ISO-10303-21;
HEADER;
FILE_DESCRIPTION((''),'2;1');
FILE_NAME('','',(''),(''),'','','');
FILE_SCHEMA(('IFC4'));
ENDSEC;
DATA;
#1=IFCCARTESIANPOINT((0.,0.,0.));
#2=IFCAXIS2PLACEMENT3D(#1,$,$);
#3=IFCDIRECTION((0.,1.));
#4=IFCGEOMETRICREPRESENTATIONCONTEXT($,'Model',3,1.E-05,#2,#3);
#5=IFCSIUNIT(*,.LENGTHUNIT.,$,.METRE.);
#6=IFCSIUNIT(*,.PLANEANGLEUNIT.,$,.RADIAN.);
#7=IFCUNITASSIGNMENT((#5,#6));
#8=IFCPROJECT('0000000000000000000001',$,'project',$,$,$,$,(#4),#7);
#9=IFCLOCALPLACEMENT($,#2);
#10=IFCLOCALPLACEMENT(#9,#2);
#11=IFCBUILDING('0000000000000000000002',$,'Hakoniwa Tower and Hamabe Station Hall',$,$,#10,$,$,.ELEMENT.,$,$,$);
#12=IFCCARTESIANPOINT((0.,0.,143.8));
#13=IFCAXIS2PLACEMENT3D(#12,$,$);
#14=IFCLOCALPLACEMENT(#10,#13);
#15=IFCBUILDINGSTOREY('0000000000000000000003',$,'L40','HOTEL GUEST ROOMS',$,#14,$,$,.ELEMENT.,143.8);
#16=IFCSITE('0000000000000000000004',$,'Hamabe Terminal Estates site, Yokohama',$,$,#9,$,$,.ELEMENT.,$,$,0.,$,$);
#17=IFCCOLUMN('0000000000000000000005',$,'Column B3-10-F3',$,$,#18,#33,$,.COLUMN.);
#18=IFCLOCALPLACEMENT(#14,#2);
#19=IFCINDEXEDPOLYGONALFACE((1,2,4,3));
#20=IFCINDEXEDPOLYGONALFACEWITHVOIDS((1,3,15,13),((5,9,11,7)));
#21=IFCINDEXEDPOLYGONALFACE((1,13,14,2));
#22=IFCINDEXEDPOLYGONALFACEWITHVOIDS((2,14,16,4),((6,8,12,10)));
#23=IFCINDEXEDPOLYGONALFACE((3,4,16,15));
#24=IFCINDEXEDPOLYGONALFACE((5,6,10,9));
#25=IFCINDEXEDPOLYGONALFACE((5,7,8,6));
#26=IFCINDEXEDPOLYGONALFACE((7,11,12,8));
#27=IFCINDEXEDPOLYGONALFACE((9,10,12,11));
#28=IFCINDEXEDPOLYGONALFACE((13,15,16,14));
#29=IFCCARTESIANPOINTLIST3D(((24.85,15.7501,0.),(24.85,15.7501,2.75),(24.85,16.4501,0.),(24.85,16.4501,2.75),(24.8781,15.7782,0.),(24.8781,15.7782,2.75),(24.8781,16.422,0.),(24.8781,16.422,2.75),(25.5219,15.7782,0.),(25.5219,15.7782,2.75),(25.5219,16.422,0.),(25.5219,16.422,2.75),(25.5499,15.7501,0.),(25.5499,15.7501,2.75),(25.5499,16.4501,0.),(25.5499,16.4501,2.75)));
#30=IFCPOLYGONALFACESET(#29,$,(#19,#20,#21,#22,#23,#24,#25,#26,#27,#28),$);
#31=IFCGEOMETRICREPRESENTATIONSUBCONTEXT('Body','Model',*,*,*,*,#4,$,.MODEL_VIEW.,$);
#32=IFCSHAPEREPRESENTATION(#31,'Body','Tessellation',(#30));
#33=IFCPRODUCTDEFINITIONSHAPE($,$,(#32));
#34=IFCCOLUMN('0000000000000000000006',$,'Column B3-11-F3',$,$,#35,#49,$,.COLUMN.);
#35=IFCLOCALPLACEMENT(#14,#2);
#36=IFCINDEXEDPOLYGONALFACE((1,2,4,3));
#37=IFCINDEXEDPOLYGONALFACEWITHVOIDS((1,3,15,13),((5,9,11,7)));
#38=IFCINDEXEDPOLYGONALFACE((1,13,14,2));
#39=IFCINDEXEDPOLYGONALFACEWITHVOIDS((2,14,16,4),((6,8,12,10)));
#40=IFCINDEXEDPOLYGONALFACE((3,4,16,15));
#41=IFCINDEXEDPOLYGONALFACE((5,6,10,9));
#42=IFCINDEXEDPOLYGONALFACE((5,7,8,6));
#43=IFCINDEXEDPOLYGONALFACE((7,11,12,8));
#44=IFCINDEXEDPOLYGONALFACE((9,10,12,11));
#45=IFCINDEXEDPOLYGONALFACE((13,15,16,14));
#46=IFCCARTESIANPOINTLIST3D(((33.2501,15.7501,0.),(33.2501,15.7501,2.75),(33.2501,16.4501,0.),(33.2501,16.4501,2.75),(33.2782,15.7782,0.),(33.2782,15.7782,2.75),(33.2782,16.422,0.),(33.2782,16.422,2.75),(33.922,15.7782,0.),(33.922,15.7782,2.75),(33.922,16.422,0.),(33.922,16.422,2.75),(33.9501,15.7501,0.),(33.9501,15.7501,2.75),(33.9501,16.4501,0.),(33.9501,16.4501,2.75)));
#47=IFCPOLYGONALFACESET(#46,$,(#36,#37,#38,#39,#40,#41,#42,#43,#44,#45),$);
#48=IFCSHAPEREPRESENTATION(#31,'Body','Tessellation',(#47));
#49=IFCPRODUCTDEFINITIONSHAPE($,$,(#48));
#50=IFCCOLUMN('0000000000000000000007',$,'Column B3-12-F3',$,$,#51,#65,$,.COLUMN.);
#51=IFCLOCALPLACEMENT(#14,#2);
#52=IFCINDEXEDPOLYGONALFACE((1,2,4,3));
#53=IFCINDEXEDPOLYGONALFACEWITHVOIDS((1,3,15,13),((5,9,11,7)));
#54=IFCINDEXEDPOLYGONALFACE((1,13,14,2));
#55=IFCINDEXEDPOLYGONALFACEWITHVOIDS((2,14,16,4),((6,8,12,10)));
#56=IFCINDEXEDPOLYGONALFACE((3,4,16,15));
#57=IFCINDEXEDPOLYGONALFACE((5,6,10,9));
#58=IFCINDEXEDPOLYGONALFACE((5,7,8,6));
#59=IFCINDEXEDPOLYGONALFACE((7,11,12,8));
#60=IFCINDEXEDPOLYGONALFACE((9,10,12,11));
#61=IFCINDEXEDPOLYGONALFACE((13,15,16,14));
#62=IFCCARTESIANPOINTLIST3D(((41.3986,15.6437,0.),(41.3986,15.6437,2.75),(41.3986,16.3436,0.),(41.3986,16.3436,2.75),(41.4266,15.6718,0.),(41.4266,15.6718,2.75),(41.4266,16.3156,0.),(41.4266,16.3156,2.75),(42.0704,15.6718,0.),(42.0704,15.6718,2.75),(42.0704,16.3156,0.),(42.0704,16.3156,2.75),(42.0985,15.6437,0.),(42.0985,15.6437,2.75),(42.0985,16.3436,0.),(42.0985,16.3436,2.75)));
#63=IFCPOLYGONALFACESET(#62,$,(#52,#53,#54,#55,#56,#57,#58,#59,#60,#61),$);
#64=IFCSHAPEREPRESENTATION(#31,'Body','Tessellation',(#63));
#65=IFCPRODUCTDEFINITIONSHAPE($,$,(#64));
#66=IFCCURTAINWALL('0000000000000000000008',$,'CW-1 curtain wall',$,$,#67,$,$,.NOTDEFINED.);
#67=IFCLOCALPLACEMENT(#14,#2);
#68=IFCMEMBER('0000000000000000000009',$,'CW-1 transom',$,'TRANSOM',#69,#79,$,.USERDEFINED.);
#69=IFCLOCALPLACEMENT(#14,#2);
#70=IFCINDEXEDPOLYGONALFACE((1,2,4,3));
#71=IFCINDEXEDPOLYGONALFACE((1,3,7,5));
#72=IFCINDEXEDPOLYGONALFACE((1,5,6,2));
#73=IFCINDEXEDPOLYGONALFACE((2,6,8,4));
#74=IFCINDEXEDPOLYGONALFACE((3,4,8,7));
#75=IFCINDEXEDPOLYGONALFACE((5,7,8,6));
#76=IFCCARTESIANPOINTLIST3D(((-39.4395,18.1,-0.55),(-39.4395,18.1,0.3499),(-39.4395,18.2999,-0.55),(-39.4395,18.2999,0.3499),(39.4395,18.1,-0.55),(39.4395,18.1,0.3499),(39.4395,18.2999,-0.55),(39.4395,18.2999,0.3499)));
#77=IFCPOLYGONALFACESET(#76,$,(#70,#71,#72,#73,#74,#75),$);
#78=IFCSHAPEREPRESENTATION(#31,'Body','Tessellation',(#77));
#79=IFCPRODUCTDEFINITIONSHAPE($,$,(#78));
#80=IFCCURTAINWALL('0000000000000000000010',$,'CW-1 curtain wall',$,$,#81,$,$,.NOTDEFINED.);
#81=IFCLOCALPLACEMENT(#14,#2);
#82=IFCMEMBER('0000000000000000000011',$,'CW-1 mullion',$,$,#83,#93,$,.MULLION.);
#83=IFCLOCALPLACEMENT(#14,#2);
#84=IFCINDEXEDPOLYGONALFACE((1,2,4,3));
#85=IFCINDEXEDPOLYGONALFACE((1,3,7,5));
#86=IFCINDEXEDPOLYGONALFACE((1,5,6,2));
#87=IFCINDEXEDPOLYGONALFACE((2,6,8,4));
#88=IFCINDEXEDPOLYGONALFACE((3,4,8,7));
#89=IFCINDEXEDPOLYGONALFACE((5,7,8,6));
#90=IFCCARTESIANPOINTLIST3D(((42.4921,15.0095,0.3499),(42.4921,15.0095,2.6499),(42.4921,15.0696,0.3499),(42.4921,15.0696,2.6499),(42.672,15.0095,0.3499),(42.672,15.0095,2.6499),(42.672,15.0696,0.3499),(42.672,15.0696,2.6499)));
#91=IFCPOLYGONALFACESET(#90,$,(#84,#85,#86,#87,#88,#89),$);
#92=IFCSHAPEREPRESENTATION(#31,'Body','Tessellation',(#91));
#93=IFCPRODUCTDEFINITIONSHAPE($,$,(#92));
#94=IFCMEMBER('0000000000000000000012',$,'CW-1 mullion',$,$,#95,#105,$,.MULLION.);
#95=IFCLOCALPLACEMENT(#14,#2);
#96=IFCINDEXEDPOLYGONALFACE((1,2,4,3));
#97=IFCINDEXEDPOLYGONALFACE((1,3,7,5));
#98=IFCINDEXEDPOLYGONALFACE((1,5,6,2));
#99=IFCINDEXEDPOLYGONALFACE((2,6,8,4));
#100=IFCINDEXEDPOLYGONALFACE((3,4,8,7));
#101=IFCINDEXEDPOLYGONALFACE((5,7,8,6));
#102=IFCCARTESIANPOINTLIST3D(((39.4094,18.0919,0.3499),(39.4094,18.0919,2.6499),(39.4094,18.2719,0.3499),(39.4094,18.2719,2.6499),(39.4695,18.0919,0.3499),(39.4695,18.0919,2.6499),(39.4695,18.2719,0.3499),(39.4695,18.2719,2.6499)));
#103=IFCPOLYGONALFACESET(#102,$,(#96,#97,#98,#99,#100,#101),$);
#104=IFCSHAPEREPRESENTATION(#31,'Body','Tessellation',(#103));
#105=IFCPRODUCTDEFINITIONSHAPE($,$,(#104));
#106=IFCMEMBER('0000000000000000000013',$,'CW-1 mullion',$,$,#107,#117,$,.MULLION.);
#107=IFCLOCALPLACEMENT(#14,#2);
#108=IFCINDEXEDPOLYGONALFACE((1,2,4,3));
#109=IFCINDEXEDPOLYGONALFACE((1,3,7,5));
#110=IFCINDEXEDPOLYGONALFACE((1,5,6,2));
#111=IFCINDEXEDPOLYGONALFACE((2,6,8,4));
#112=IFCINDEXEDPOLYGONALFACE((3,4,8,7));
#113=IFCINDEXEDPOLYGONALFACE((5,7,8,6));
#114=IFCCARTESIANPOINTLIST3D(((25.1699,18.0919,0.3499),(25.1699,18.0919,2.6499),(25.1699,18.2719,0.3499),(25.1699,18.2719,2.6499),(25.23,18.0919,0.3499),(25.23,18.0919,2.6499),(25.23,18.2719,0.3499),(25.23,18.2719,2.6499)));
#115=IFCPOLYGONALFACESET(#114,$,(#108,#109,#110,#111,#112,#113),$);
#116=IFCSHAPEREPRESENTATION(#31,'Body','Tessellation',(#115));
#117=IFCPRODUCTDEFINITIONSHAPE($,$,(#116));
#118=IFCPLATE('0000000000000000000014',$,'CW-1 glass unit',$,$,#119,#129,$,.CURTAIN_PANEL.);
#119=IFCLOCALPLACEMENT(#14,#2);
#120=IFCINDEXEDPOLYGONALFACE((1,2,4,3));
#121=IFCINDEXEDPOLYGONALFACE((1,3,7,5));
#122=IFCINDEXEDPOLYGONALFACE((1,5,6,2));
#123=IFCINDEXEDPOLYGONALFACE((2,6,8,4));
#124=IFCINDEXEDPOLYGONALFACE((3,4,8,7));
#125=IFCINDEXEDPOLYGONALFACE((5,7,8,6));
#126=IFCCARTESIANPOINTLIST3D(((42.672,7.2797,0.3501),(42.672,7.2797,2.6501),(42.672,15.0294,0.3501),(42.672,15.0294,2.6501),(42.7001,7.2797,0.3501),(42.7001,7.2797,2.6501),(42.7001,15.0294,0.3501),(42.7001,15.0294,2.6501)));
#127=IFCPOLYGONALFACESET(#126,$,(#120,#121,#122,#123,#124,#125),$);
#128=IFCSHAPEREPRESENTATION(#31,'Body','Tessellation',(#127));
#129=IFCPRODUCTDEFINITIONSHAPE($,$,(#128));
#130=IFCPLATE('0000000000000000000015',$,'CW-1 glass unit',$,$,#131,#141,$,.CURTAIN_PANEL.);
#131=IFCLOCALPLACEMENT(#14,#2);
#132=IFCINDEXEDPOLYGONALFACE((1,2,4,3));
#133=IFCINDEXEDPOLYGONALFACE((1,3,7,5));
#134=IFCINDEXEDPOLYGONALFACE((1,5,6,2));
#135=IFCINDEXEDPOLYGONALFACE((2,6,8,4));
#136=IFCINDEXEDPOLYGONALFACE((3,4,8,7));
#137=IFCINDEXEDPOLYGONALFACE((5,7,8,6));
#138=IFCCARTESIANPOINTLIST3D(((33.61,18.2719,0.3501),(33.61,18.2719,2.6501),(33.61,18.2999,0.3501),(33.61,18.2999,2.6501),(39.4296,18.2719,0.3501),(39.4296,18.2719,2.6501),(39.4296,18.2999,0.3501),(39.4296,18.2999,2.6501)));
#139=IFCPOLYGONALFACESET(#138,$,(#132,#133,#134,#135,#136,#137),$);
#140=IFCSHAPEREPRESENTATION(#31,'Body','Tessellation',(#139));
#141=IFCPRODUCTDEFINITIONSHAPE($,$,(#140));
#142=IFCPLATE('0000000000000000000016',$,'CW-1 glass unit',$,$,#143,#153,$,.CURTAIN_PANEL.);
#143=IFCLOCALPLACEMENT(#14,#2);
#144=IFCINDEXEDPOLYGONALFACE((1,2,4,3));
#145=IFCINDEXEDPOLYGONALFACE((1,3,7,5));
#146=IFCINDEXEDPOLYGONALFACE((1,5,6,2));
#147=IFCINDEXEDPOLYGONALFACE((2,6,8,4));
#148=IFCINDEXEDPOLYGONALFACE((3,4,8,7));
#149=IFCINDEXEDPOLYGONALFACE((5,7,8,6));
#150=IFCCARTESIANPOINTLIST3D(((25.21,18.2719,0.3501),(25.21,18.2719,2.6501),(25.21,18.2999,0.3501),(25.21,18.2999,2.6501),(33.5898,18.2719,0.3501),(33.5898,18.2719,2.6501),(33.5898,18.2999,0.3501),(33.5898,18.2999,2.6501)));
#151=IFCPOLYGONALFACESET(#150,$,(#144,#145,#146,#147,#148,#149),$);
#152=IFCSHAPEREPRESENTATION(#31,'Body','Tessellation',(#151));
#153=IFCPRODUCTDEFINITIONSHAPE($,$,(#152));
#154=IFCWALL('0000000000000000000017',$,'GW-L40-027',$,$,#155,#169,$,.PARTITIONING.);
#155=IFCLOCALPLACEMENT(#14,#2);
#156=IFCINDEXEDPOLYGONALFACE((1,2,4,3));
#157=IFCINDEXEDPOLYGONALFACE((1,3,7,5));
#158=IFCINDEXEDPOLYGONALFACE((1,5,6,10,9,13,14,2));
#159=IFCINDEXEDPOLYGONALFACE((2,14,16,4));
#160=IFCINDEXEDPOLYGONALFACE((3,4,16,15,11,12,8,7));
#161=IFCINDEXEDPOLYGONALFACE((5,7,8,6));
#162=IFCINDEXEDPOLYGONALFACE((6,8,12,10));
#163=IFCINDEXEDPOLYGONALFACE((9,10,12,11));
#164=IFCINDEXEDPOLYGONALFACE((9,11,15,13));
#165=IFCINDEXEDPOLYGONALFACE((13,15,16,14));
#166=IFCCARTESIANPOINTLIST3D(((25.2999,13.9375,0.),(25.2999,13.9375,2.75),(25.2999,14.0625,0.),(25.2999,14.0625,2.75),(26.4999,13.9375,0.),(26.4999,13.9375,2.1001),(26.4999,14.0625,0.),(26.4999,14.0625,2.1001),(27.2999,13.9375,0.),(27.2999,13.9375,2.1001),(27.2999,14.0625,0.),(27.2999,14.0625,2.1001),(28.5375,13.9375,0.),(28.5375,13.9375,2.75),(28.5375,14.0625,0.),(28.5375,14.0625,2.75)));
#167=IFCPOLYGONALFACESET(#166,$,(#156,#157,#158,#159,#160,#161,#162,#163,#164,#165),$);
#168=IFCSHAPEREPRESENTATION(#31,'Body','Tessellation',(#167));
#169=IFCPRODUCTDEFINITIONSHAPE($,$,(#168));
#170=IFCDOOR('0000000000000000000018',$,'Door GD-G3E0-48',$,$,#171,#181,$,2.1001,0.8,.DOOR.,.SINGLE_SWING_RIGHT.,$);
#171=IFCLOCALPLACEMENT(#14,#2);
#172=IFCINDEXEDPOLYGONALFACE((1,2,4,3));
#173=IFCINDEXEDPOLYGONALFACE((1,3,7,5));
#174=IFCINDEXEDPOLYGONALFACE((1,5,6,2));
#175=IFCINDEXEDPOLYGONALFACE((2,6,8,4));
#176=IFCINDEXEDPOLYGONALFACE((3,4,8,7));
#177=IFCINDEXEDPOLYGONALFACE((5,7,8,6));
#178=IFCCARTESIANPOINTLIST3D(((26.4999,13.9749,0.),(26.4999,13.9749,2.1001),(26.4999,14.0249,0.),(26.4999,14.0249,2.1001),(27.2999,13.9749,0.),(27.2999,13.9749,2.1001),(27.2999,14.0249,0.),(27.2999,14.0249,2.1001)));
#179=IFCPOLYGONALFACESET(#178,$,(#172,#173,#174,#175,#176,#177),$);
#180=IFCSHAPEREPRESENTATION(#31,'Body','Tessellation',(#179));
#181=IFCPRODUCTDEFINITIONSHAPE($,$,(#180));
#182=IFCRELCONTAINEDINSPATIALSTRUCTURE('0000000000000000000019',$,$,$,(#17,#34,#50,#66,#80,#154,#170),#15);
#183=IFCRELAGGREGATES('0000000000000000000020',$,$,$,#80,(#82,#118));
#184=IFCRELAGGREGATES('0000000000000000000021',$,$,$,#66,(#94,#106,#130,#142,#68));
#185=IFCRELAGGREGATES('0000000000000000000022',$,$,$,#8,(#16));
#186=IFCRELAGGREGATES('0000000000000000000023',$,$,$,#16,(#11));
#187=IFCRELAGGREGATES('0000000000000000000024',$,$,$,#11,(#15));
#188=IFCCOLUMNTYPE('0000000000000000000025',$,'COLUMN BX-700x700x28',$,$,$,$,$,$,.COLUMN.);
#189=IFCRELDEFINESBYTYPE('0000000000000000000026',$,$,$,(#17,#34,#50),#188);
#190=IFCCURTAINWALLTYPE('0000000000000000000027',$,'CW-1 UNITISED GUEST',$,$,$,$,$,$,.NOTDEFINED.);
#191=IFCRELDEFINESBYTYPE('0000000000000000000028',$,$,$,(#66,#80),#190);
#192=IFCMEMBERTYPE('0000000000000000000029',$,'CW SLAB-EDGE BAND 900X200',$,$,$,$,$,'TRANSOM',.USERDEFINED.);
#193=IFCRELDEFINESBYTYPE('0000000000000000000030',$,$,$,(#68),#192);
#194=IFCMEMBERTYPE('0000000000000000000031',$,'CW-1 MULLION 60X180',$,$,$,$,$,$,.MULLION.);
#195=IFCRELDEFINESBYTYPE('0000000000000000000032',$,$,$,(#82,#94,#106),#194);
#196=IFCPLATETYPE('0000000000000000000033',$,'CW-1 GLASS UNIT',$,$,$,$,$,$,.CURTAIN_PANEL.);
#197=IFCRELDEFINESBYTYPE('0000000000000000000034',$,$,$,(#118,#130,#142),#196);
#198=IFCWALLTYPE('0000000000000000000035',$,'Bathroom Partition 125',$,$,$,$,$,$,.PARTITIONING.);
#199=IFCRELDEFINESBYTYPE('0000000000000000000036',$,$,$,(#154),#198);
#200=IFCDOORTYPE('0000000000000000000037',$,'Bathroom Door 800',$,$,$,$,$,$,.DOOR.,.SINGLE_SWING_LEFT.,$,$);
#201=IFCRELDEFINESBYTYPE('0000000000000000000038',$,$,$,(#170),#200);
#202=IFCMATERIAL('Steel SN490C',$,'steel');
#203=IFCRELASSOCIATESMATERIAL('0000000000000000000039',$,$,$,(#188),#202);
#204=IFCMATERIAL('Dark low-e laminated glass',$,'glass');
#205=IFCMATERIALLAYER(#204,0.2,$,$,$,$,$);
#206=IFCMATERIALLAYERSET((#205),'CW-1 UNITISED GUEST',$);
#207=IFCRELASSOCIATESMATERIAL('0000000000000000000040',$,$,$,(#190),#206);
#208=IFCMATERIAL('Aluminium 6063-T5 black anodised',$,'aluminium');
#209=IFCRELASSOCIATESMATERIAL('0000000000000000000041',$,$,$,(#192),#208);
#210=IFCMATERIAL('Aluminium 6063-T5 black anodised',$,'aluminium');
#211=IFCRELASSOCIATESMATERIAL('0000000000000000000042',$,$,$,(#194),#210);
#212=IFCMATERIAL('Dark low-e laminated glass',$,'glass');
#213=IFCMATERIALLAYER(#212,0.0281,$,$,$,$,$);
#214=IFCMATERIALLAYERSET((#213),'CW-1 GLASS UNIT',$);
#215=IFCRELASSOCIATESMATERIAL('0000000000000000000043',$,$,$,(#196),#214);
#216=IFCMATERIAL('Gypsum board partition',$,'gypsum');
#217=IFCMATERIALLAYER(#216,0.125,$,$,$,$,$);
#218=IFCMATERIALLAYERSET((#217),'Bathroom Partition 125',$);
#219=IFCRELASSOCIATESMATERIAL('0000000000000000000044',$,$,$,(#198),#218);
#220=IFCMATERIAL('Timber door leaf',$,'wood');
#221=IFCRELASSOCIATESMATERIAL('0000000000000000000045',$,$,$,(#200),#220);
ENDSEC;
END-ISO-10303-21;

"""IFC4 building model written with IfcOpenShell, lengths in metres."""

from ifc_helpers import new_model, si_unit, direction, frame, frame_2d, origin, origin_2d, place, context, subcontext, project, spatial, rectangle, hollow_rectangle, extrude, material, layer, layer_set, material_profile, profile_set, type_object, element, fill, aggregate, save


model = new_model("IFC4")

# Units and contexts
model_context = context("Model", 3, precision=1e-05, world=origin(), true_north=direction((0.0, 1.0)))
body_context = subcontext(model_context, "Body", "Model", "MODEL_VIEW")
ifc_project = project(units=[si_unit("LENGTHUNIT", "METRE"), si_unit("PLANEANGLEUNIT", "RADIAN")], contexts=[model_context])

# Site, building, storey
site_placement = place(None, origin())
site = spatial("IfcSite", under=ifc_project, at=site_placement, Name="Hamabe Terminal Estates site, Yokohama", CompositionType="ELEMENT", RefElevation=0.0)
building_placement = place(site_placement, origin())
building = spatial("IfcBuilding", under=site, at=building_placement, Name="Hakoniwa Tower and Hamabe Station Hall", CompositionType="ELEMENT")
storey_placement = place(building_placement, frame((0.0, 0.0, 143.8)))
storey = spatial("IfcBuildingStorey", under=building, at=storey_placement, Name="L40", Description="HOTEL GUEST ROOMS", CompositionType="ELEMENT", Elevation=143.8)

# Columns
ifc_material_1 = material(Name="Steel SN490C", Category="steel")
ifc_material_profile_1 = material_profile(ifc_material_1, hollow_rectangle(XDim=0.7, YDim=0.7, WallThickness=0.0281, at=origin_2d()), Name="BX-700x700x28")
ifc_profile_set_1 = profile_set([ifc_material_profile_1], Name="Steel SN490C")
column_type = type_object("IfcColumnType", Name="COLUMN BX-700x700x28", PredefinedType="COLUMN", material=ifc_profile_set_1)
for number, where, z_axis, x_axis, name in (
    (1, (25.2, 16.1001, 0.0), (0.0, 0.0, 1.0), (1.0, 0.0, 0.0), "Column B3-10-F3"),
    (2, (33.6001, 16.1001, 0.0), (0.0, 0.0, 1.0), (1.0, 0.0, 0.0), "Column B3-11-F3"),
    (3, (41.7485, 15.9937, 0.0), (0.0, 0.0, 1.0), (1.0, 0.0, 0.0), "Column B3-12-F3"),
):
    element("IfcColumn", number, at=place(storey_placement, frame(where, z_axis=z_axis, x_axis=x_axis)), inside=storey, type_object=column_type, Name=name, PredefinedType="COLUMN", context=body_context, shape_type="SweptSolid", body=[
        extrude(hollow_rectangle(XDim=0.7, YDim=0.7, WallThickness=0.0281, at=origin_2d()), origin(), (0.0, 0.0, 1.0), 2.75),
    ])

# Curtain walls, members
ifc_material_2 = material(Name="Dark low-e laminated glass", Category="glass")
ifc_layer_1 = layer(ifc_material_2, 0.2)
ifc_layer_set_1 = layer_set([ifc_layer_1], Name="CW-1 UNITISED GUEST")
curtain_wall_type = type_object("IfcCurtainWallType", Name="CW-1 UNITISED GUEST", PredefinedType="NOTDEFINED", material=ifc_layer_set_1)
curtain_wall_1_placement = place(storey_placement, origin())
curtain_wall_1 = element("IfcCurtainWall", 4, at=curtain_wall_1_placement, inside=storey, type_object=curtain_wall_type, Name="CW-1 curtain wall", PredefinedType="NOTDEFINED")
ifc_material_3 = material(Name="Aluminium 6063-T5 black anodised", Category="aluminium")
ifc_material_profile_2 = material_profile(ifc_material_3, rectangle(XDim=0.2, YDim=0.8999, at=origin_2d()), Name="CW SLAB-EDGE BAND 900X200")
ifc_profile_set_2 = profile_set([ifc_material_profile_2], Name="Aluminium 6063-T5 black anodised")
member_type_1 = type_object("IfcMemberType", Name="CW SLAB-EDGE BAND 900X200", ElementType="TRANSOM", PredefinedType="USERDEFINED", material=ifc_profile_set_2)
member_1_placement = place(storey_placement, frame((39.4395, 18.2, -0.1001), z_axis=(-1.0, 0.0, 0.0), x_axis=(0.0, -1.0, 0.0)))
member_1 = element("IfcMember", 5, at=member_1_placement, type_object=member_type_1, Name="CW-1 transom", ObjectType="TRANSOM", PredefinedType="USERDEFINED", context=body_context, shape_type="SweptSolid", body=[
    extrude(rectangle(XDim=0.2, YDim=0.8999, at=origin_2d()), origin(), (0.0, 0.0, 1.0), 78.8789),
])
curtain_wall_2_placement = place(storey_placement, origin())
curtain_wall_2 = element("IfcCurtainWall", 6, at=curtain_wall_2_placement, inside=storey, type_object=curtain_wall_type, Name="CW-1 curtain wall", PredefinedType="NOTDEFINED")
ifc_material_4 = material(Name="Aluminium 6063-T5 black anodised", Category="aluminium")
ifc_material_profile_3 = material_profile(ifc_material_4, rectangle(XDim=0.0601, YDim=0.1799, at=origin_2d()), Name="CW-1 MULLION 60X180")
ifc_profile_set_3 = profile_set([ifc_material_profile_3], Name="Aluminium 6063-T5 black anodised")
member_type_2 = type_object("IfcMemberType", Name="CW-1 MULLION 60X180", PredefinedType="MULLION", material=ifc_profile_set_3)
member_2_placement = place(storey_placement, frame((42.582, 15.0396, 0.3499), z_axis=(0.0, 0.0, 1.0), x_axis=(0.0, 1.0, 0.0)))
member_2 = element("IfcMember", 7, at=member_2_placement, type_object=member_type_2, Name="CW-1 mullion", PredefinedType="MULLION", context=body_context, shape_type="SweptSolid", body=[
    extrude(rectangle(XDim=0.0601, YDim=0.1799, at=origin_2d()), origin(), (0.0, 0.0, 1.0), 2.3),
])

# Members
member_3_placement = place(storey_placement, frame((39.4395, 18.1819, 0.3499), z_axis=(0.0, 0.0, 1.0), x_axis=(-1.0, 0.0, 0.0)))
member_3 = element("IfcMember", 8, at=member_3_placement, type_object=member_type_2, Name="CW-1 mullion", PredefinedType="MULLION", context=body_context, shape_type="SweptSolid", body=[
    extrude(rectangle(XDim=0.0601, YDim=0.1799, at=origin_2d()), origin(), (0.0, 0.0, 1.0), 2.3),
])
member_4_placement = place(storey_placement, frame((25.2, 18.1819, 0.3499), z_axis=(0.0, 0.0, 1.0), x_axis=(-1.0, 0.0, 0.0)))
member_4 = element("IfcMember", 9, at=member_4_placement, type_object=member_type_2, Name="CW-1 mullion", PredefinedType="MULLION", context=body_context, shape_type="SweptSolid", body=[
    extrude(rectangle(XDim=0.0601, YDim=0.1799, at=origin_2d()), origin(), (0.0, 0.0, 1.0), 2.3),
])

# Plates
ifc_material_5 = material(Name="Dark low-e laminated glass", Category="glass")
ifc_layer_2 = layer(ifc_material_5, 0.0281)
ifc_layer_set_2 = layer_set([ifc_layer_2], Name="CW-1 GLASS UNIT")
plate_type = type_object("IfcPlateType", Name="CW-1 GLASS UNIT", PredefinedType="CURTAIN_PANEL", material=ifc_layer_set_2)
plate_1_placement = place(storey_placement, frame((42.686, 11.1545, 0.3501), z_axis=(0.0, 0.0, 1.0), x_axis=(0.0, 1.0, 0.0)))
plate_1 = element("IfcPlate", 10, at=plate_1_placement, type_object=plate_type, Name="CW-1 glass unit", PredefinedType="CURTAIN_PANEL", context=body_context, shape_type="SweptSolid", body=[
    extrude(rectangle(XDim=7.7498, YDim=0.0281, at=origin_2d()), origin(), (0.0, 0.0, 1.0), 2.3),
])
aggregate(curtain_wall_2, [member_2, plate_1])
plate_2_placement = place(storey_placement, frame((36.5198, 18.2859, 0.3501), z_axis=(0.0, 0.0, 1.0), x_axis=(-1.0, 0.0, 0.0)))
plate_2 = element("IfcPlate", 11, at=plate_2_placement, type_object=plate_type, Name="CW-1 glass unit", PredefinedType="CURTAIN_PANEL", context=body_context, shape_type="SweptSolid", body=[
    extrude(rectangle(XDim=5.8196, YDim=0.0281, at=origin_2d()), origin(), (0.0, 0.0, 1.0), 2.3),
])
plate_3_placement = place(storey_placement, frame((29.3999, 18.2859, 0.3501), z_axis=(0.0, 0.0, 1.0), x_axis=(-1.0, 0.0, 0.0)))
plate_3 = element("IfcPlate", 12, at=plate_3_placement, type_object=plate_type, Name="CW-1 glass unit", PredefinedType="CURTAIN_PANEL", context=body_context, shape_type="SweptSolid", body=[
    extrude(rectangle(XDim=8.3799, YDim=0.0281, at=origin_2d()), origin(), (0.0, 0.0, 1.0), 2.3),
])
aggregate(curtain_wall_1, [member_3, member_4, plate_2, plate_3, member_1])

# Wall, opening, door
ifc_material_6 = material(Name="Gypsum board partition", Category="gypsum")
ifc_layer_3 = layer(ifc_material_6, 0.125)
ifc_layer_set_3 = layer_set([ifc_layer_3], Name="Bathroom Partition 125")
wall_type_1 = type_object("IfcWallType", Name="Bathroom Partition 125", PredefinedType="PARTITIONING", material=ifc_layer_set_3)
wall_1_placement = place(storey_placement, frame((25.3, 14.0, 0.0), z_axis=(0.0, 0.0, 1.0), x_axis=(1.0, 0.0, 0.0)))
wall_1 = element("IfcWall", 13, at=wall_1_placement, inside=storey, type_object=wall_type_1, Name="GW-L40-027", PredefinedType="PARTITIONING", context=body_context, shape_type="SweptSolid", body=[
    extrude(rectangle(XDim=3.2375, YDim=0.125, at=frame_2d((1.6187, 0.0))), origin(), (0.0, 0.0, 1.0), 2.75),
])
opening_1_placement = place(wall_1_placement, frame((1.2, 0.0, 0.0)))
opening_1 = element("IfcOpeningElement", 14, at=opening_1_placement, cuts=wall_1, PredefinedType="OPENING", context=body_context, shape_type="SweptSolid", body=[
    extrude(rectangle(XDim=0.8, YDim=2.1001, at=frame_2d((0.3999, 1.05))), frame((0.0, 0.0725, 0.0), z_axis=(0.0, -1.0, 0.0), x_axis=(1.0, 0.0, 0.0)), (0.0, 0.0, 1.0), 0.145),
])
ifc_material_7 = material(Name="Timber door leaf", Category="wood")
door_type = type_object("IfcDoorType", Name="Bathroom Door 800", OperationType="SINGLE_SWING_LEFT", PredefinedType="DOOR", material=ifc_material_7)
door_1_placement = place(opening_1_placement, origin())
door_1 = element("IfcDoor", 15, at=door_1_placement, inside=storey, type_object=door_type, Name="Door GD-G3E0-48", OperationType="SINGLE_SWING_RIGHT", OverallHeight=2.1001, OverallWidth=0.8, PredefinedType="DOOR", context=body_context, shape_type="SweptSolid", body=[
    extrude(rectangle(XDim=0.8, YDim=2.1001, at=frame_2d((0.3999, 1.05))), frame((0.0, 0.0249, 0.0), z_axis=(0.0, -1.0, 0.0), x_axis=(1.0, 0.0, 0.0)), (0.0, 0.0, 1.0), 0.05),
])
fill(opening_1, door_1)

save(model, "model.ifc")
